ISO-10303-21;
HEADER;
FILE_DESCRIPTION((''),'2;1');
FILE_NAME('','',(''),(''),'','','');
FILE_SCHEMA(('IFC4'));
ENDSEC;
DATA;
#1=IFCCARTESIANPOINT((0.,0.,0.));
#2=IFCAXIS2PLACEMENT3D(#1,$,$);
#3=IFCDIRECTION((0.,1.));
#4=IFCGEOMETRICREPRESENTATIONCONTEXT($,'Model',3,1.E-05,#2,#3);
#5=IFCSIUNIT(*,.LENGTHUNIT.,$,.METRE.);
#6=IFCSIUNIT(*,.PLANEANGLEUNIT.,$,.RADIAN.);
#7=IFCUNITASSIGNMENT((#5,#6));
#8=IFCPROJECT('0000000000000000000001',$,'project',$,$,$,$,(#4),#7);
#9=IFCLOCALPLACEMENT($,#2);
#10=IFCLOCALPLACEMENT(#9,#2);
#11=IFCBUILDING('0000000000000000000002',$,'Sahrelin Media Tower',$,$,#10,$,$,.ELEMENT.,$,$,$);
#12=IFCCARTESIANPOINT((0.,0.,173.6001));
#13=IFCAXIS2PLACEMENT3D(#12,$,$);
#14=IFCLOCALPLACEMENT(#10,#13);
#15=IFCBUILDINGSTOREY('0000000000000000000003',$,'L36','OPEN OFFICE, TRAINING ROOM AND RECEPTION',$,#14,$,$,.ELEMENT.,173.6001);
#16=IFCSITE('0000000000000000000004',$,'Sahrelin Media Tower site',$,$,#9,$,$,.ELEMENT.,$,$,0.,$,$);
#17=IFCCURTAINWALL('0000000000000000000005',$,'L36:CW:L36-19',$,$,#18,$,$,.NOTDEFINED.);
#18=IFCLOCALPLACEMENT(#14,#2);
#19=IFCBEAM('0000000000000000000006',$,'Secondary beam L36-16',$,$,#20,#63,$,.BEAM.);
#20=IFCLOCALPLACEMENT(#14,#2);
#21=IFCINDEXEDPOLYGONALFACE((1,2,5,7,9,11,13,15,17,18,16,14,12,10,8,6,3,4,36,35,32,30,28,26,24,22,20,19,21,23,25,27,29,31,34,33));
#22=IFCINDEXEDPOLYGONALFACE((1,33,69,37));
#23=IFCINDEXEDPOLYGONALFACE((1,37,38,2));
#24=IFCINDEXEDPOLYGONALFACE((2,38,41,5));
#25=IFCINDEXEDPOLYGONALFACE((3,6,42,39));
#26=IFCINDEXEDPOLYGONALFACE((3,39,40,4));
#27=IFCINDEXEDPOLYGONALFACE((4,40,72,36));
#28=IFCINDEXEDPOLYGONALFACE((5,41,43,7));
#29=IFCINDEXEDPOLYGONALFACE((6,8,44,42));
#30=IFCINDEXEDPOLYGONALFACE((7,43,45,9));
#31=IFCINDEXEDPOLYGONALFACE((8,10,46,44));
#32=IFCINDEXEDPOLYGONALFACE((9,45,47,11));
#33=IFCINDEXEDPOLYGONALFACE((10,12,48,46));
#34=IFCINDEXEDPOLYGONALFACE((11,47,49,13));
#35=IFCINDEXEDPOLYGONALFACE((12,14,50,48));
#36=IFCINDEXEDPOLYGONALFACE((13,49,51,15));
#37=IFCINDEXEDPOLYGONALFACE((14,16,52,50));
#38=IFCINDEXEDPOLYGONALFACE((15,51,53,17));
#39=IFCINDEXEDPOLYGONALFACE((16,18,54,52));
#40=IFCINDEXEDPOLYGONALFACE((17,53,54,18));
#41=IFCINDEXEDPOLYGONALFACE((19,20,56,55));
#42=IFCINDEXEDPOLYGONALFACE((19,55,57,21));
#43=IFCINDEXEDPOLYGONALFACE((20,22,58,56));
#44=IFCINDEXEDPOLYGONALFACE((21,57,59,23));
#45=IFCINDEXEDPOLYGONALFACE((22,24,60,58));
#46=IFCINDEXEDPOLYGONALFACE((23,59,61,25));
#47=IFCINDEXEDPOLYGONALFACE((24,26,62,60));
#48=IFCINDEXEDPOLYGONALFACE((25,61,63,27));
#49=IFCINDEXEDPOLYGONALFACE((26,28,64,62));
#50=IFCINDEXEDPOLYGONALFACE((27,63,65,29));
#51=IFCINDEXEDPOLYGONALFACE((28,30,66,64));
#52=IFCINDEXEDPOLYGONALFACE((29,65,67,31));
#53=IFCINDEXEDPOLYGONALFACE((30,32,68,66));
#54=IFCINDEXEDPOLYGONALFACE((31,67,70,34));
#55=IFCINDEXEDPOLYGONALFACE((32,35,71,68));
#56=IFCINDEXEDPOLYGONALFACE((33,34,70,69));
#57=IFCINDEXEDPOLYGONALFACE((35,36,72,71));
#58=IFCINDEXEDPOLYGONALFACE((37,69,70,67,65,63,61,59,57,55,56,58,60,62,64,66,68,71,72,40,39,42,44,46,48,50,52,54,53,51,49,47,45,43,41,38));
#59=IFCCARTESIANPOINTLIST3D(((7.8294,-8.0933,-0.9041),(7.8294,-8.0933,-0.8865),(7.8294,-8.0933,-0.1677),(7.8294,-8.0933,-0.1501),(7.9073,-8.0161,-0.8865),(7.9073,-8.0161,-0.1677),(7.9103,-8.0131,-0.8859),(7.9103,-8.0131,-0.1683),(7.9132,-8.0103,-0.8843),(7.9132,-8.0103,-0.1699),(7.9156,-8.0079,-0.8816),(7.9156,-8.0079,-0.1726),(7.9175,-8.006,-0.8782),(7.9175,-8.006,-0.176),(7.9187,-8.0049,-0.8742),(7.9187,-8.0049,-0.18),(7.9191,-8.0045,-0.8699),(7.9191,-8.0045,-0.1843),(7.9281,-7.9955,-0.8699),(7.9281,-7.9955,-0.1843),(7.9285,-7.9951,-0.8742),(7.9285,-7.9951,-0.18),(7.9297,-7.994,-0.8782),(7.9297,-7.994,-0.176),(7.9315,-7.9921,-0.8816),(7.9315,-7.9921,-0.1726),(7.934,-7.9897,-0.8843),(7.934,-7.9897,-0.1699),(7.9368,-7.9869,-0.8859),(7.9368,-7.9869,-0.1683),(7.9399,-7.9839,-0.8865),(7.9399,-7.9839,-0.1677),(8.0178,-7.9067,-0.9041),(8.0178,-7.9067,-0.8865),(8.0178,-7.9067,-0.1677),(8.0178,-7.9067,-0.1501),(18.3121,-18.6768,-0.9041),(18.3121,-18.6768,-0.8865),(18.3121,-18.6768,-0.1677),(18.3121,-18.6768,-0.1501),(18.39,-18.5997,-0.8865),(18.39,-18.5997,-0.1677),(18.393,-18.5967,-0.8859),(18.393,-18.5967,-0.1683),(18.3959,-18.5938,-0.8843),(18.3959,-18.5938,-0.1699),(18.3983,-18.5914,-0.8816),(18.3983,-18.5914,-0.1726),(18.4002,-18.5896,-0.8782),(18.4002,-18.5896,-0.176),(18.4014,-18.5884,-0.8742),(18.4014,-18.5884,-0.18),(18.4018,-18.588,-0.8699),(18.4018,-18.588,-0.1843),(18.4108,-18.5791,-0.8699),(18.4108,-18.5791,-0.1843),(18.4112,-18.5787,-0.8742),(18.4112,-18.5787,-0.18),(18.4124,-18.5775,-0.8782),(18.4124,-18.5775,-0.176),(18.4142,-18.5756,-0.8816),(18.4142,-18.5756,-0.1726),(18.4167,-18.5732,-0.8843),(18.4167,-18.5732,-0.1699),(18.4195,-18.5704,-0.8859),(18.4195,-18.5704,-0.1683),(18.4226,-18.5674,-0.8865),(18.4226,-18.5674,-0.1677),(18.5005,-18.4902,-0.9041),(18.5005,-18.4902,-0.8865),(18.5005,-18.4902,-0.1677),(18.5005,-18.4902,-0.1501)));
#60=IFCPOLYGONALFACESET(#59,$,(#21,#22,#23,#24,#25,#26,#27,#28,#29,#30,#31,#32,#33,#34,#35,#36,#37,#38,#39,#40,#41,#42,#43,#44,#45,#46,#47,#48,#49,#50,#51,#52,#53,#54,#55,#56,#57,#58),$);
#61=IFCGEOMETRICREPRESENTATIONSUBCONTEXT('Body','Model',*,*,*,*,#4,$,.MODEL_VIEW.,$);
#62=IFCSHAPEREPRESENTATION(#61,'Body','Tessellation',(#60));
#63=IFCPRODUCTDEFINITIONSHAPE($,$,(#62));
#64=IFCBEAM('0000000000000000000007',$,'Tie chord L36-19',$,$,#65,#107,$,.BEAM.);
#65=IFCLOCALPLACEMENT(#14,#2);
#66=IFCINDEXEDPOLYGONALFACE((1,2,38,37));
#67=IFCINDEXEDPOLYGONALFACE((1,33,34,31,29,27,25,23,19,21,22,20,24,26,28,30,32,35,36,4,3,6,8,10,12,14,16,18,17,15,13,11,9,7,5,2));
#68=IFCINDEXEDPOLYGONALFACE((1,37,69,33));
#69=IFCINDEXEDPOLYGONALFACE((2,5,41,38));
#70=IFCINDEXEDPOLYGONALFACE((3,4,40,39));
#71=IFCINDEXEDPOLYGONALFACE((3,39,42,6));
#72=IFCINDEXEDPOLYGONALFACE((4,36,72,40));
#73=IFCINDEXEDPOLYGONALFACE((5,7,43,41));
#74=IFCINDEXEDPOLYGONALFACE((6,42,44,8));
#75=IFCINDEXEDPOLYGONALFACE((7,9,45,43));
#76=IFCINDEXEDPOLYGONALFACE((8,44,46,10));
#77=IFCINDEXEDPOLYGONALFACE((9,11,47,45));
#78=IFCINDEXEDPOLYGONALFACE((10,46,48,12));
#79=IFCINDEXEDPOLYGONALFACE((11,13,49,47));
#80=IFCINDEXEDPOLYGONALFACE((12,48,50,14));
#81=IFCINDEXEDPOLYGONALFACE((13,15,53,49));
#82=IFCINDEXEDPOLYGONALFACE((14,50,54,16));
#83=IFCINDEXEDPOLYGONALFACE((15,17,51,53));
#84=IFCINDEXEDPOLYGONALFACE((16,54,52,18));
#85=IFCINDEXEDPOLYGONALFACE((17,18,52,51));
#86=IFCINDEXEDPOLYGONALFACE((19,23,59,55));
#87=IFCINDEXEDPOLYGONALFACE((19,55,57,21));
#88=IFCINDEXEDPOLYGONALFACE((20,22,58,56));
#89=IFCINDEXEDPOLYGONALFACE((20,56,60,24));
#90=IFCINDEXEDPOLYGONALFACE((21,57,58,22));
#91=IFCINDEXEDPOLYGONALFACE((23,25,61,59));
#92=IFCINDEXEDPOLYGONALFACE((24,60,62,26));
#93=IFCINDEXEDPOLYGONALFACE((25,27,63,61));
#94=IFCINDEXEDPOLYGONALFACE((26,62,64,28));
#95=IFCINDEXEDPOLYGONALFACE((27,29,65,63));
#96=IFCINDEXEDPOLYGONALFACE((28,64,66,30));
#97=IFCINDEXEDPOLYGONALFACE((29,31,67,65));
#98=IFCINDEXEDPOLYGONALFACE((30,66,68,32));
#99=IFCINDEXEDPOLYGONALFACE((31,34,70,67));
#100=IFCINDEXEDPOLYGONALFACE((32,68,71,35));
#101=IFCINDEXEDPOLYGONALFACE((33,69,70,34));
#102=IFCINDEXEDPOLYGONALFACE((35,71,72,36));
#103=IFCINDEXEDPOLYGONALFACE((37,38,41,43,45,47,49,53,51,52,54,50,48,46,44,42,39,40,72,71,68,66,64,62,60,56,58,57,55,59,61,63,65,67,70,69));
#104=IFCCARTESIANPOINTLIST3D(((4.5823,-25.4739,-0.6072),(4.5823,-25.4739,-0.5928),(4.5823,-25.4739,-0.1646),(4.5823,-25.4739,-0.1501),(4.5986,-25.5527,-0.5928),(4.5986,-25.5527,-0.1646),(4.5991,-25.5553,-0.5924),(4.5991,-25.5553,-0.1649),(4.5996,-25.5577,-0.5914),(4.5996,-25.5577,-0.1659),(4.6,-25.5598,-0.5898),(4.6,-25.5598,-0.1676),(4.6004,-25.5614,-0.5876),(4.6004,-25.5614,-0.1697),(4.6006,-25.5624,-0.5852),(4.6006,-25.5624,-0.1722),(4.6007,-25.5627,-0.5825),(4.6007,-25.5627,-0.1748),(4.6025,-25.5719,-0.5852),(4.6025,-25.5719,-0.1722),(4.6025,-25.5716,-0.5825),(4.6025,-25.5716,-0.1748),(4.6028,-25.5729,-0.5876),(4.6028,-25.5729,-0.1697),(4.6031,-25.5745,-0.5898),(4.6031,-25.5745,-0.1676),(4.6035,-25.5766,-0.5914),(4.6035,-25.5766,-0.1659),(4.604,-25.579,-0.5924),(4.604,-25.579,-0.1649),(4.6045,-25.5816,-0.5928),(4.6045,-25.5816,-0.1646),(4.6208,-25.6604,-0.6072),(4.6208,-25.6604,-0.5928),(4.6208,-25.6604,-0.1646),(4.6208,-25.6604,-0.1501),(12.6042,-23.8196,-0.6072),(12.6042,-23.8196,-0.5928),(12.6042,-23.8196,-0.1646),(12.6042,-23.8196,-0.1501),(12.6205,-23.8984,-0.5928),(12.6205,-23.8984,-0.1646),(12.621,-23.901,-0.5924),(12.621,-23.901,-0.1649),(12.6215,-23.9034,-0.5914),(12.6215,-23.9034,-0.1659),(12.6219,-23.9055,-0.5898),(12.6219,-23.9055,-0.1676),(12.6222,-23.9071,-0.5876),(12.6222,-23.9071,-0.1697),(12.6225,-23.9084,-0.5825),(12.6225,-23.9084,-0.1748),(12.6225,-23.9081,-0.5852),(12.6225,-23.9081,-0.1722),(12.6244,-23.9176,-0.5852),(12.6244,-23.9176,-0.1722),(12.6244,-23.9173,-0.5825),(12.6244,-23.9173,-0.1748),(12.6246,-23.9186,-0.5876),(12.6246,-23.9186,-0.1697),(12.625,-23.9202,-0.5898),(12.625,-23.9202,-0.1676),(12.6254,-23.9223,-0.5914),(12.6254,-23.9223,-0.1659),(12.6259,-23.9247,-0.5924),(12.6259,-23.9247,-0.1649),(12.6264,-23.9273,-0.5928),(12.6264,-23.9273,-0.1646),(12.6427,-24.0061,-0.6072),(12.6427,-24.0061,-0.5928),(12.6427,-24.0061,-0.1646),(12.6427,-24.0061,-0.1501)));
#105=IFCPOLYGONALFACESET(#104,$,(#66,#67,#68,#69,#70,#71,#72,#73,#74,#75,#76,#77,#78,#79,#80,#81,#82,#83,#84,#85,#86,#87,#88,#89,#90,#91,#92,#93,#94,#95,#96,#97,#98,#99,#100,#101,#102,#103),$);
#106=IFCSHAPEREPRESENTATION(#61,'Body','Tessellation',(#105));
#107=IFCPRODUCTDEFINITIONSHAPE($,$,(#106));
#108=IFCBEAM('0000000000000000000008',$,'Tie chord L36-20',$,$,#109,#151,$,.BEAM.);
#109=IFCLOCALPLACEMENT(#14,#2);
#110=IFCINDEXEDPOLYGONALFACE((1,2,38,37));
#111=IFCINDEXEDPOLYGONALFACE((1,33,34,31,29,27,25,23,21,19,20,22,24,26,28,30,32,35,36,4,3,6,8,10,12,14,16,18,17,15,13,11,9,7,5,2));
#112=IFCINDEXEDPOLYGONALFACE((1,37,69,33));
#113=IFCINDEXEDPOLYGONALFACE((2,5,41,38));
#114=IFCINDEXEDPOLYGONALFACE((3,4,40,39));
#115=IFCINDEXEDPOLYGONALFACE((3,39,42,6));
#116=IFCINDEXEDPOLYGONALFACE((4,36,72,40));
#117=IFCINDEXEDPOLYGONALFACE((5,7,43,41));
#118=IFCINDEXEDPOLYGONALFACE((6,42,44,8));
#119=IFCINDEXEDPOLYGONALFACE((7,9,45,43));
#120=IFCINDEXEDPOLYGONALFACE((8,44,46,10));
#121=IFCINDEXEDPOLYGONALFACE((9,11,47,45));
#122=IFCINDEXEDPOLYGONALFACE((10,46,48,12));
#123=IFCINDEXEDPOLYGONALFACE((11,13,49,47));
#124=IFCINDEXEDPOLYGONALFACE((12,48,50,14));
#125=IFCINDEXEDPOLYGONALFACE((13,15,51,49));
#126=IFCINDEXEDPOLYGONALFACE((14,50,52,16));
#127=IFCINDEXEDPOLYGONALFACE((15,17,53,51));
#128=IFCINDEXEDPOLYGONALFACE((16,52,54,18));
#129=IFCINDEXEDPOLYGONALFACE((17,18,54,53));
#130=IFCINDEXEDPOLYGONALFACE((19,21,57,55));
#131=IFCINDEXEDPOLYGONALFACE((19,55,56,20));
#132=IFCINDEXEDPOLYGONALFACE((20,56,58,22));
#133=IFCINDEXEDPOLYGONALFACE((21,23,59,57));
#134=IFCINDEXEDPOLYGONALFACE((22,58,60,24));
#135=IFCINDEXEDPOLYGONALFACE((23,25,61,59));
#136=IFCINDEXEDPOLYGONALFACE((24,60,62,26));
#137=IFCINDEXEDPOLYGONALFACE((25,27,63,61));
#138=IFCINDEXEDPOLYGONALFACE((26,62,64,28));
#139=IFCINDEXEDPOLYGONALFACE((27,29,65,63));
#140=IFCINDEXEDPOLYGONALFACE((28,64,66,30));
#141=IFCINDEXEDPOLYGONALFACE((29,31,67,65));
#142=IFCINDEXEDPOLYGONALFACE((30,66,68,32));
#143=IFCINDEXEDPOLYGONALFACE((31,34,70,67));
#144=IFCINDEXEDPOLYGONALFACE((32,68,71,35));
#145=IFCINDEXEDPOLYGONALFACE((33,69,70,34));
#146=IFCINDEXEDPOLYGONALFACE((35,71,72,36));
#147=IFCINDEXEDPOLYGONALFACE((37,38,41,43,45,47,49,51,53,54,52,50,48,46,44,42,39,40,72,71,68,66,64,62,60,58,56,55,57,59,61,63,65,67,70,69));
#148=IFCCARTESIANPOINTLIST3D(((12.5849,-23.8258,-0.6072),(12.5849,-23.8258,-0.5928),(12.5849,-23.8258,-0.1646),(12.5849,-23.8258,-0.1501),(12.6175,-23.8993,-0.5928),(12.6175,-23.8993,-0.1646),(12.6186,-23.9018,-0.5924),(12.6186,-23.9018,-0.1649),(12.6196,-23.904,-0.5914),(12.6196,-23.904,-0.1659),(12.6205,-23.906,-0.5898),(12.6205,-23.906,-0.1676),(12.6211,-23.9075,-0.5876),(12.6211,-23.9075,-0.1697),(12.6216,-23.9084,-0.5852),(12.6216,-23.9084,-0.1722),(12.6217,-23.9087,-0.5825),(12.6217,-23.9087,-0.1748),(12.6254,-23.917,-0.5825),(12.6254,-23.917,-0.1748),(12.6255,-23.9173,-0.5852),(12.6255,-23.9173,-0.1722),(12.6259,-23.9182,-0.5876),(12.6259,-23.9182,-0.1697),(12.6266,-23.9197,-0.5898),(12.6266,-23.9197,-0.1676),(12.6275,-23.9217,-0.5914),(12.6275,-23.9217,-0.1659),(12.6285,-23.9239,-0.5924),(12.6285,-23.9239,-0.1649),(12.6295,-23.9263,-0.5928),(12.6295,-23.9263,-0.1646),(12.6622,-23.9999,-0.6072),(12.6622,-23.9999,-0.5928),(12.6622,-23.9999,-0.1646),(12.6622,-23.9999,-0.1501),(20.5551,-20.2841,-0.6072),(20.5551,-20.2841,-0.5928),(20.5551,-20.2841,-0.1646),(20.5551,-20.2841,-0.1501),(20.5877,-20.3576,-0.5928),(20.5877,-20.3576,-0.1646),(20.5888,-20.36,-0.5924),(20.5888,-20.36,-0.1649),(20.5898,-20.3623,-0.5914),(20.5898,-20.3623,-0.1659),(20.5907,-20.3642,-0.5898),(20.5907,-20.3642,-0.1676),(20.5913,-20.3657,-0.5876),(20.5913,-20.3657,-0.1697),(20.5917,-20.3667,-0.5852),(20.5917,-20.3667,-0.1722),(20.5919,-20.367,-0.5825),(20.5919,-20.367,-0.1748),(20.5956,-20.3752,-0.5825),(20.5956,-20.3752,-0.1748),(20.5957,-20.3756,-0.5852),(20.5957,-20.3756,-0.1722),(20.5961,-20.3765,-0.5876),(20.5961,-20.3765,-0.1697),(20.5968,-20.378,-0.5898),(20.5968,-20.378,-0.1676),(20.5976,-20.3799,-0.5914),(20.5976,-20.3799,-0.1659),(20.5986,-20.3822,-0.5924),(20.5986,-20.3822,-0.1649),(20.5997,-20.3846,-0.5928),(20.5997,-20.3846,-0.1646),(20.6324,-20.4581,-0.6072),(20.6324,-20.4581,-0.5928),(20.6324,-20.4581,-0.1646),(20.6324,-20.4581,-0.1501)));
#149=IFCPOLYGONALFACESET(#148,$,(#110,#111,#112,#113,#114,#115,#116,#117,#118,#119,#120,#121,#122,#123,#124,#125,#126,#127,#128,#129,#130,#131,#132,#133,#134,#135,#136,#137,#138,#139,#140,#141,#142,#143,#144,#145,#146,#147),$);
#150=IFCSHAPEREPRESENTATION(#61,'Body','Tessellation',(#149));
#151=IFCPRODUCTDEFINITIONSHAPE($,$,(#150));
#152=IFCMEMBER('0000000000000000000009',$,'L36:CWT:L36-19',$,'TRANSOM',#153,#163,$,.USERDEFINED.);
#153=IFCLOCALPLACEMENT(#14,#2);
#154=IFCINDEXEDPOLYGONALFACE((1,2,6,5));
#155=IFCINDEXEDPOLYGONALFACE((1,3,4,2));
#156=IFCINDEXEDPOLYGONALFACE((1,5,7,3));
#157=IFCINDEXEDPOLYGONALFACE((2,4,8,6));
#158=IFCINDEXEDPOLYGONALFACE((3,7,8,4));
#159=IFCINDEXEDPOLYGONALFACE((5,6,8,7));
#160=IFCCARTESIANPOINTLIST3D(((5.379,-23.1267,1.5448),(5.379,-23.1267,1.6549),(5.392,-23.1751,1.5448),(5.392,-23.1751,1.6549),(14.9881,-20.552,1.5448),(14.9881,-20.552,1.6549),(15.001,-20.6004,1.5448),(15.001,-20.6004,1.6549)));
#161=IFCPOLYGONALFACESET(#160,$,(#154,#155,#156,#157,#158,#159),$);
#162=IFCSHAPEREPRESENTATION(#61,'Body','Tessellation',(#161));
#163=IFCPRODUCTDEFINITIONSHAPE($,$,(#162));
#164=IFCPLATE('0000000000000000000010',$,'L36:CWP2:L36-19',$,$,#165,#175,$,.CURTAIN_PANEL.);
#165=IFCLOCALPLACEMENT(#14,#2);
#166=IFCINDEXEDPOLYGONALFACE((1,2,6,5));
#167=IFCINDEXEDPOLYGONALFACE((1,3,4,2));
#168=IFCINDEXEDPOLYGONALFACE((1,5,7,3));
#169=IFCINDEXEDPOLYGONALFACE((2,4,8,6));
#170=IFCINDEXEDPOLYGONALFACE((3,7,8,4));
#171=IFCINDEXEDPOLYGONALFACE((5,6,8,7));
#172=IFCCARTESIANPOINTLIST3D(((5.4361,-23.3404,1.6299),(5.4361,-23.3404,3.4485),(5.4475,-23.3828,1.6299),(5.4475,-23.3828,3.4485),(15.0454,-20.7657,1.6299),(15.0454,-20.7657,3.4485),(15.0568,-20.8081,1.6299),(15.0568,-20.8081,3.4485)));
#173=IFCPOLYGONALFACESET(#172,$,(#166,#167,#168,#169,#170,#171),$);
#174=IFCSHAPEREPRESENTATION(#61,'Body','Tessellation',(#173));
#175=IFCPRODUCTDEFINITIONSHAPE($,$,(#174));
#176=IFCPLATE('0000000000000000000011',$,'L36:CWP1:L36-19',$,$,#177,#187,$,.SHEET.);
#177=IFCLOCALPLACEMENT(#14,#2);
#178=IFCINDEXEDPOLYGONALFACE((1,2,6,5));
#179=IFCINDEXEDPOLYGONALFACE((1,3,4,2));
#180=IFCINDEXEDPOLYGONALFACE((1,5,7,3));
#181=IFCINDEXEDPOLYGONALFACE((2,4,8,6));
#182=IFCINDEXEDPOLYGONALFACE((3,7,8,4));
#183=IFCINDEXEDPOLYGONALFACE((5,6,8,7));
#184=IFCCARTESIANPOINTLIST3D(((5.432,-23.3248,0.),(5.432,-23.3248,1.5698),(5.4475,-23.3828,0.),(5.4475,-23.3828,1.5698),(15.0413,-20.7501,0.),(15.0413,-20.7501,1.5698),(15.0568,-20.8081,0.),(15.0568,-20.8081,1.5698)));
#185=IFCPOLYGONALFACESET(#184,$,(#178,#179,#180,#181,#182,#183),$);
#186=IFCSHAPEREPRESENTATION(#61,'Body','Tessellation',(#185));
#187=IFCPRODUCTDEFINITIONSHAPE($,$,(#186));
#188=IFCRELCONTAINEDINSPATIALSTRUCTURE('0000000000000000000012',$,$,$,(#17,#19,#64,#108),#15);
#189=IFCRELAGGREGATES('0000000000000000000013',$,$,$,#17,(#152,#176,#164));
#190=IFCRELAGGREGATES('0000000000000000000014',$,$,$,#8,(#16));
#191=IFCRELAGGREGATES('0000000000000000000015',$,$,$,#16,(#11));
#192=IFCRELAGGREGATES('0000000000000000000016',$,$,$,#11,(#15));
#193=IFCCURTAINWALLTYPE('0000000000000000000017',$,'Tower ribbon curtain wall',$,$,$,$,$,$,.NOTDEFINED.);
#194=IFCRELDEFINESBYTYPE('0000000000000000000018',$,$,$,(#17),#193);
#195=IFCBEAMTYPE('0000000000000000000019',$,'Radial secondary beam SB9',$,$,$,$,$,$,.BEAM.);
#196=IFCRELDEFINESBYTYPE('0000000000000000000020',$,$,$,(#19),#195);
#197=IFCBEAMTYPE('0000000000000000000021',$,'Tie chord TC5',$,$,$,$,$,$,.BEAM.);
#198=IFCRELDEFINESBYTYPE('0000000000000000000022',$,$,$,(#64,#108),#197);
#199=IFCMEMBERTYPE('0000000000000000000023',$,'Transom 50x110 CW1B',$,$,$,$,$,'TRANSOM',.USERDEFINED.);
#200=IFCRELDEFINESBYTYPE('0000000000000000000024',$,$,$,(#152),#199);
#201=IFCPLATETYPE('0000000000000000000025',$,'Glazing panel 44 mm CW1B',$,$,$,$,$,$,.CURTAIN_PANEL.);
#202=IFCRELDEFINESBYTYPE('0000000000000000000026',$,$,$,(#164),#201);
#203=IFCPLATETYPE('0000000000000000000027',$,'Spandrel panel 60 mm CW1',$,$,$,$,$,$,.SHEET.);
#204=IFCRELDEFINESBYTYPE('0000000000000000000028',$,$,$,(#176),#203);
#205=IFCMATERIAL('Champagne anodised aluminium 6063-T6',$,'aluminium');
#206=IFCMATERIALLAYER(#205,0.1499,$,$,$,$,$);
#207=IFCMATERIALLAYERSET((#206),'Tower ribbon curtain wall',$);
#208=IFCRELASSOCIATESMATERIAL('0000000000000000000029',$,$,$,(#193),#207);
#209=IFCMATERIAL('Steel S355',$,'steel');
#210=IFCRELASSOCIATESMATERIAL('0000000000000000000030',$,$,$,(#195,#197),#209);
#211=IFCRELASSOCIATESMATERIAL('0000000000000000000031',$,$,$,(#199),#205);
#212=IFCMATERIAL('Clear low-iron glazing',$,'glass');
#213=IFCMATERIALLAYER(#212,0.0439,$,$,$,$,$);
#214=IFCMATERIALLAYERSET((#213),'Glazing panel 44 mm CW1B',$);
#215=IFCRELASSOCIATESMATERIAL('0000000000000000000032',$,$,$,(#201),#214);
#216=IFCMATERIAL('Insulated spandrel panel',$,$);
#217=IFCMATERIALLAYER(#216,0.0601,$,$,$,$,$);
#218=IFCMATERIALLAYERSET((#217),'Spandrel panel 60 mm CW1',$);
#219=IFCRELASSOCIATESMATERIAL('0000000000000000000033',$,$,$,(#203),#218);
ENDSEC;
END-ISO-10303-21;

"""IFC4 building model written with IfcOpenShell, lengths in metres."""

from ifc_helpers import new_model, si_unit, direction, frame, origin, origin_2d, place, context, subcontext, project, spatial, polyline, rectangle, i_section, outline, extrude, material, layer, layer_set, material_profile, profile_set, type_object, element, aggregate, save


model = new_model("IFC4")

# Units and contexts
model_context = context("Model", 3, precision=1e-05, world=origin(), true_north=direction((0.0, 1.0)))
body_context = subcontext(model_context, "Body", "Model", "MODEL_VIEW")
ifc_project = project(units=[si_unit("LENGTHUNIT", "METRE"), si_unit("PLANEANGLEUNIT", "RADIAN")], contexts=[model_context])

# Site, building, storey
site_placement = place(None, origin())
site = spatial("IfcSite", under=ifc_project, at=site_placement, Name="Sahrelin Media Tower site", CompositionType="ELEMENT", RefElevation=0.0)
building_placement = place(site_placement, origin())
building = spatial("IfcBuilding", under=site, at=building_placement, Name="Sahrelin Media Tower", CompositionType="ELEMENT")
storey_placement = place(building_placement, frame((0.0, 0.0, 173.6001)))
storey = spatial("IfcBuildingStorey", under=building, at=storey_placement, Name="L36", Description="OPEN OFFICE, TRAINING ROOM AND RECEPTION", CompositionType="ELEMENT", Elevation=173.6001)

# Shared definitions
ifc_material_1 = material(Name="Steel S355", Category="steel")

# Curtain wall
ifc_material_2 = material(Name="Champagne anodised aluminium 6063-T6", Category="aluminium")
ifc_layer_1 = layer(ifc_material_2, 0.1499)
ifc_layer_set_1 = layer_set([ifc_layer_1], Name="Tower ribbon curtain wall")
curtain_wall_type = type_object("IfcCurtainWallType", Name="Tower ribbon curtain wall", PredefinedType="NOTDEFINED", material=ifc_layer_set_1)
curtain_wall_placement = place(storey_placement, frame((10.2468, -22.0759, 0.0), z_axis=(0.0, 0.0, 1.0), x_axis=(1.0, 0.0, 0.0)))
curtain_wall = element("IfcCurtainWall", 1, at=curtain_wall_placement, inside=storey, type_object=curtain_wall_type, Name="L36:CW:L36-19", PredefinedType="NOTDEFINED")

# Beams
ifc_material_profile_1 = material_profile(ifc_material_1, i_section(OverallWidth=0.2651, OverallDepth=0.7539, WebThickness=0.0127, FlangeThickness=0.0176, FilletRadius=0.0166, at=origin_2d()), Name="UB 762x267x147")
ifc_profile_set_1 = profile_set([ifc_material_profile_1], Name="Steel S355")
beam_type_1 = type_object("IfcBeamType", Name="Radial secondary beam SB9", PredefinedType="BEAM", material=ifc_profile_set_1)
beam_1_placement = place(storey_placement, frame((7.9236, -8.0, -0.5271), z_axis=(0.703714, -0.710483, 0.0), x_axis=(0.710483, 0.703714, 0.0)))
element("IfcBeam", 2, at=beam_1_placement, inside=storey, type_object=beam_type_1, Name="Secondary beam L36-16", PredefinedType="BEAM", context=body_context, shape_type="SweptSolid", body=[
    extrude(i_section(OverallWidth=0.2651, OverallDepth=0.7539, WebThickness=0.0127, FlangeThickness=0.0176, FilletRadius=0.0166, at=origin_2d()), origin(), (0.0, 0.0, 1.0), 14.8962),
])
ifc_material_profile_2 = material_profile(ifc_material_1, i_section(OverallWidth=0.1904, OverallDepth=0.457, WebThickness=0.009, FlangeThickness=0.0144, FilletRadius=0.0103, at=origin_2d()), Name="UB 457x191x74")
ifc_profile_set_2 = profile_set([ifc_material_profile_2], Name="Steel S355")
beam_type_2 = type_object("IfcBeamType", Name="Tie chord TC5", PredefinedType="BEAM", material=ifc_profile_set_2)
beam_2_placement = place(storey_placement, frame((4.6016, -25.5671, -0.3787), z_axis=(0.979392, 0.201971, 0.0), x_axis=(-0.201971, 0.979392, 0.0)))
element("IfcBeam", 3, at=beam_2_placement, inside=storey, type_object=beam_type_2, Name="Tie chord L36-19", PredefinedType="BEAM", context=body_context, shape_type="SweptSolid", body=[
    extrude(i_section(OverallWidth=0.1904, OverallDepth=0.457, WebThickness=0.009, FlangeThickness=0.0144, FilletRadius=0.0103, at=origin_2d()), origin(), (0.0, 0.0, 1.0), 8.1907),
])
beam_3_placement = place(storey_placement, frame((12.6235, -23.9128, -0.3787), z_axis=(0.913836, 0.406084, 0.0), x_axis=(-0.406084, 0.913836, 0.0)))
element("IfcBeam", 4, at=beam_3_placement, inside=storey, type_object=beam_type_2, Name="Tie chord L36-20", PredefinedType="BEAM", context=body_context, shape_type="SweptSolid", body=[
    extrude(i_section(OverallWidth=0.1904, OverallDepth=0.457, WebThickness=0.009, FlangeThickness=0.0144, FilletRadius=0.0103, at=origin_2d()), origin(), (0.0, 0.0, 1.0), 8.7217),
])

# Member
ifc_material_profile_3 = material_profile(ifc_material_2, rectangle(XDim=0.05, YDim=0.1101, at=origin_2d()), Name="Transom 50x110")
ifc_profile_set_3 = profile_set([ifc_material_profile_3], Name="Champagne anodised aluminium 6063-T6")
member_type_1 = type_object("IfcMemberType", Name="Transom 50x110 CW1B", ElementType="TRANSOM", PredefinedType="USERDEFINED", material=ifc_profile_set_3)
member_1_placement = place(storey_placement, frame((5.3855, -23.1509, 1.5999), z_axis=(0.965927, 0.258814, 0.0), x_axis=(-0.258814, 0.965927, 0.0)))
member_1 = element("IfcMember", 5, at=member_1_placement, type_object=member_type_1, Name="L36:CWT:L36-19", ObjectType="TRANSOM", PredefinedType="USERDEFINED", context=body_context, shape_type="SweptSolid", body=[
    extrude(rectangle(XDim=0.05, YDim=0.1101, at=origin_2d()), origin(), (0.0, 0.0, 1.0), 9.948),
])

# Plates
ifc_material_3 = material(Name="Clear low-iron glazing", Category="glass")
ifc_layer_2 = layer(ifc_material_3, 0.0439)
ifc_layer_set_2 = layer_set([ifc_layer_2], Name="Glazing panel 44 mm CW1B")
plate_type_1 = type_object("IfcPlateType", Name="Glazing panel 44 mm CW1B", PredefinedType="CURTAIN_PANEL", material=ifc_layer_set_2)
plate_1_placement = place(storey_placement, frame((5.4475, -23.3828, 1.6299), z_axis=(0.258808, -0.965929, 0.0), x_axis=(0.965929, 0.258808, 0.0)))
plate_1 = element("IfcPlate", 6, at=plate_1_placement, type_object=plate_type_1, Name="L36:CWP2:L36-19", PredefinedType="CURTAIN_PANEL", context=body_context, shape_type="SweptSolid", body=[
    extrude(outline(polyline([(0.0, 0.0), (9.9482, 0.0), (9.9482, 1.8186), (0.0, 1.8186), (0.0, 0.0)])), origin(), (0.0, 0.0, -1.0), 0.0439),
])
ifc_material_4 = material(Name="Insulated spandrel panel")
ifc_layer_3 = layer(ifc_material_4, 0.0601)
ifc_layer_set_3 = layer_set([ifc_layer_3], Name="Spandrel panel 60 mm CW1")
plate_type_2 = type_object("IfcPlateType", Name="Spandrel panel 60 mm CW1", PredefinedType="SHEET", material=ifc_layer_set_3)
plate_2_placement = place(storey_placement, frame((5.4475, -23.3828, 0.0), z_axis=(0.258808, -0.965929, 0.0), x_axis=(0.965929, 0.258808, 0.0)))
plate_2 = element("IfcPlate", 7, at=plate_2_placement, type_object=plate_type_2, Name="L36:CWP1:L36-19", PredefinedType="SHEET", context=body_context, shape_type="SweptSolid", body=[
    extrude(outline(polyline([(0.0, 0.0), (9.9482, 0.0), (9.9482, 1.5698), (0.0, 1.5698), (0.0, 0.0)])), origin(), (0.0, 0.0, -1.0), 0.0601),
])
aggregate(curtain_wall, [member_1, plate_2, plate_1])

save(model, "model.ifc")
